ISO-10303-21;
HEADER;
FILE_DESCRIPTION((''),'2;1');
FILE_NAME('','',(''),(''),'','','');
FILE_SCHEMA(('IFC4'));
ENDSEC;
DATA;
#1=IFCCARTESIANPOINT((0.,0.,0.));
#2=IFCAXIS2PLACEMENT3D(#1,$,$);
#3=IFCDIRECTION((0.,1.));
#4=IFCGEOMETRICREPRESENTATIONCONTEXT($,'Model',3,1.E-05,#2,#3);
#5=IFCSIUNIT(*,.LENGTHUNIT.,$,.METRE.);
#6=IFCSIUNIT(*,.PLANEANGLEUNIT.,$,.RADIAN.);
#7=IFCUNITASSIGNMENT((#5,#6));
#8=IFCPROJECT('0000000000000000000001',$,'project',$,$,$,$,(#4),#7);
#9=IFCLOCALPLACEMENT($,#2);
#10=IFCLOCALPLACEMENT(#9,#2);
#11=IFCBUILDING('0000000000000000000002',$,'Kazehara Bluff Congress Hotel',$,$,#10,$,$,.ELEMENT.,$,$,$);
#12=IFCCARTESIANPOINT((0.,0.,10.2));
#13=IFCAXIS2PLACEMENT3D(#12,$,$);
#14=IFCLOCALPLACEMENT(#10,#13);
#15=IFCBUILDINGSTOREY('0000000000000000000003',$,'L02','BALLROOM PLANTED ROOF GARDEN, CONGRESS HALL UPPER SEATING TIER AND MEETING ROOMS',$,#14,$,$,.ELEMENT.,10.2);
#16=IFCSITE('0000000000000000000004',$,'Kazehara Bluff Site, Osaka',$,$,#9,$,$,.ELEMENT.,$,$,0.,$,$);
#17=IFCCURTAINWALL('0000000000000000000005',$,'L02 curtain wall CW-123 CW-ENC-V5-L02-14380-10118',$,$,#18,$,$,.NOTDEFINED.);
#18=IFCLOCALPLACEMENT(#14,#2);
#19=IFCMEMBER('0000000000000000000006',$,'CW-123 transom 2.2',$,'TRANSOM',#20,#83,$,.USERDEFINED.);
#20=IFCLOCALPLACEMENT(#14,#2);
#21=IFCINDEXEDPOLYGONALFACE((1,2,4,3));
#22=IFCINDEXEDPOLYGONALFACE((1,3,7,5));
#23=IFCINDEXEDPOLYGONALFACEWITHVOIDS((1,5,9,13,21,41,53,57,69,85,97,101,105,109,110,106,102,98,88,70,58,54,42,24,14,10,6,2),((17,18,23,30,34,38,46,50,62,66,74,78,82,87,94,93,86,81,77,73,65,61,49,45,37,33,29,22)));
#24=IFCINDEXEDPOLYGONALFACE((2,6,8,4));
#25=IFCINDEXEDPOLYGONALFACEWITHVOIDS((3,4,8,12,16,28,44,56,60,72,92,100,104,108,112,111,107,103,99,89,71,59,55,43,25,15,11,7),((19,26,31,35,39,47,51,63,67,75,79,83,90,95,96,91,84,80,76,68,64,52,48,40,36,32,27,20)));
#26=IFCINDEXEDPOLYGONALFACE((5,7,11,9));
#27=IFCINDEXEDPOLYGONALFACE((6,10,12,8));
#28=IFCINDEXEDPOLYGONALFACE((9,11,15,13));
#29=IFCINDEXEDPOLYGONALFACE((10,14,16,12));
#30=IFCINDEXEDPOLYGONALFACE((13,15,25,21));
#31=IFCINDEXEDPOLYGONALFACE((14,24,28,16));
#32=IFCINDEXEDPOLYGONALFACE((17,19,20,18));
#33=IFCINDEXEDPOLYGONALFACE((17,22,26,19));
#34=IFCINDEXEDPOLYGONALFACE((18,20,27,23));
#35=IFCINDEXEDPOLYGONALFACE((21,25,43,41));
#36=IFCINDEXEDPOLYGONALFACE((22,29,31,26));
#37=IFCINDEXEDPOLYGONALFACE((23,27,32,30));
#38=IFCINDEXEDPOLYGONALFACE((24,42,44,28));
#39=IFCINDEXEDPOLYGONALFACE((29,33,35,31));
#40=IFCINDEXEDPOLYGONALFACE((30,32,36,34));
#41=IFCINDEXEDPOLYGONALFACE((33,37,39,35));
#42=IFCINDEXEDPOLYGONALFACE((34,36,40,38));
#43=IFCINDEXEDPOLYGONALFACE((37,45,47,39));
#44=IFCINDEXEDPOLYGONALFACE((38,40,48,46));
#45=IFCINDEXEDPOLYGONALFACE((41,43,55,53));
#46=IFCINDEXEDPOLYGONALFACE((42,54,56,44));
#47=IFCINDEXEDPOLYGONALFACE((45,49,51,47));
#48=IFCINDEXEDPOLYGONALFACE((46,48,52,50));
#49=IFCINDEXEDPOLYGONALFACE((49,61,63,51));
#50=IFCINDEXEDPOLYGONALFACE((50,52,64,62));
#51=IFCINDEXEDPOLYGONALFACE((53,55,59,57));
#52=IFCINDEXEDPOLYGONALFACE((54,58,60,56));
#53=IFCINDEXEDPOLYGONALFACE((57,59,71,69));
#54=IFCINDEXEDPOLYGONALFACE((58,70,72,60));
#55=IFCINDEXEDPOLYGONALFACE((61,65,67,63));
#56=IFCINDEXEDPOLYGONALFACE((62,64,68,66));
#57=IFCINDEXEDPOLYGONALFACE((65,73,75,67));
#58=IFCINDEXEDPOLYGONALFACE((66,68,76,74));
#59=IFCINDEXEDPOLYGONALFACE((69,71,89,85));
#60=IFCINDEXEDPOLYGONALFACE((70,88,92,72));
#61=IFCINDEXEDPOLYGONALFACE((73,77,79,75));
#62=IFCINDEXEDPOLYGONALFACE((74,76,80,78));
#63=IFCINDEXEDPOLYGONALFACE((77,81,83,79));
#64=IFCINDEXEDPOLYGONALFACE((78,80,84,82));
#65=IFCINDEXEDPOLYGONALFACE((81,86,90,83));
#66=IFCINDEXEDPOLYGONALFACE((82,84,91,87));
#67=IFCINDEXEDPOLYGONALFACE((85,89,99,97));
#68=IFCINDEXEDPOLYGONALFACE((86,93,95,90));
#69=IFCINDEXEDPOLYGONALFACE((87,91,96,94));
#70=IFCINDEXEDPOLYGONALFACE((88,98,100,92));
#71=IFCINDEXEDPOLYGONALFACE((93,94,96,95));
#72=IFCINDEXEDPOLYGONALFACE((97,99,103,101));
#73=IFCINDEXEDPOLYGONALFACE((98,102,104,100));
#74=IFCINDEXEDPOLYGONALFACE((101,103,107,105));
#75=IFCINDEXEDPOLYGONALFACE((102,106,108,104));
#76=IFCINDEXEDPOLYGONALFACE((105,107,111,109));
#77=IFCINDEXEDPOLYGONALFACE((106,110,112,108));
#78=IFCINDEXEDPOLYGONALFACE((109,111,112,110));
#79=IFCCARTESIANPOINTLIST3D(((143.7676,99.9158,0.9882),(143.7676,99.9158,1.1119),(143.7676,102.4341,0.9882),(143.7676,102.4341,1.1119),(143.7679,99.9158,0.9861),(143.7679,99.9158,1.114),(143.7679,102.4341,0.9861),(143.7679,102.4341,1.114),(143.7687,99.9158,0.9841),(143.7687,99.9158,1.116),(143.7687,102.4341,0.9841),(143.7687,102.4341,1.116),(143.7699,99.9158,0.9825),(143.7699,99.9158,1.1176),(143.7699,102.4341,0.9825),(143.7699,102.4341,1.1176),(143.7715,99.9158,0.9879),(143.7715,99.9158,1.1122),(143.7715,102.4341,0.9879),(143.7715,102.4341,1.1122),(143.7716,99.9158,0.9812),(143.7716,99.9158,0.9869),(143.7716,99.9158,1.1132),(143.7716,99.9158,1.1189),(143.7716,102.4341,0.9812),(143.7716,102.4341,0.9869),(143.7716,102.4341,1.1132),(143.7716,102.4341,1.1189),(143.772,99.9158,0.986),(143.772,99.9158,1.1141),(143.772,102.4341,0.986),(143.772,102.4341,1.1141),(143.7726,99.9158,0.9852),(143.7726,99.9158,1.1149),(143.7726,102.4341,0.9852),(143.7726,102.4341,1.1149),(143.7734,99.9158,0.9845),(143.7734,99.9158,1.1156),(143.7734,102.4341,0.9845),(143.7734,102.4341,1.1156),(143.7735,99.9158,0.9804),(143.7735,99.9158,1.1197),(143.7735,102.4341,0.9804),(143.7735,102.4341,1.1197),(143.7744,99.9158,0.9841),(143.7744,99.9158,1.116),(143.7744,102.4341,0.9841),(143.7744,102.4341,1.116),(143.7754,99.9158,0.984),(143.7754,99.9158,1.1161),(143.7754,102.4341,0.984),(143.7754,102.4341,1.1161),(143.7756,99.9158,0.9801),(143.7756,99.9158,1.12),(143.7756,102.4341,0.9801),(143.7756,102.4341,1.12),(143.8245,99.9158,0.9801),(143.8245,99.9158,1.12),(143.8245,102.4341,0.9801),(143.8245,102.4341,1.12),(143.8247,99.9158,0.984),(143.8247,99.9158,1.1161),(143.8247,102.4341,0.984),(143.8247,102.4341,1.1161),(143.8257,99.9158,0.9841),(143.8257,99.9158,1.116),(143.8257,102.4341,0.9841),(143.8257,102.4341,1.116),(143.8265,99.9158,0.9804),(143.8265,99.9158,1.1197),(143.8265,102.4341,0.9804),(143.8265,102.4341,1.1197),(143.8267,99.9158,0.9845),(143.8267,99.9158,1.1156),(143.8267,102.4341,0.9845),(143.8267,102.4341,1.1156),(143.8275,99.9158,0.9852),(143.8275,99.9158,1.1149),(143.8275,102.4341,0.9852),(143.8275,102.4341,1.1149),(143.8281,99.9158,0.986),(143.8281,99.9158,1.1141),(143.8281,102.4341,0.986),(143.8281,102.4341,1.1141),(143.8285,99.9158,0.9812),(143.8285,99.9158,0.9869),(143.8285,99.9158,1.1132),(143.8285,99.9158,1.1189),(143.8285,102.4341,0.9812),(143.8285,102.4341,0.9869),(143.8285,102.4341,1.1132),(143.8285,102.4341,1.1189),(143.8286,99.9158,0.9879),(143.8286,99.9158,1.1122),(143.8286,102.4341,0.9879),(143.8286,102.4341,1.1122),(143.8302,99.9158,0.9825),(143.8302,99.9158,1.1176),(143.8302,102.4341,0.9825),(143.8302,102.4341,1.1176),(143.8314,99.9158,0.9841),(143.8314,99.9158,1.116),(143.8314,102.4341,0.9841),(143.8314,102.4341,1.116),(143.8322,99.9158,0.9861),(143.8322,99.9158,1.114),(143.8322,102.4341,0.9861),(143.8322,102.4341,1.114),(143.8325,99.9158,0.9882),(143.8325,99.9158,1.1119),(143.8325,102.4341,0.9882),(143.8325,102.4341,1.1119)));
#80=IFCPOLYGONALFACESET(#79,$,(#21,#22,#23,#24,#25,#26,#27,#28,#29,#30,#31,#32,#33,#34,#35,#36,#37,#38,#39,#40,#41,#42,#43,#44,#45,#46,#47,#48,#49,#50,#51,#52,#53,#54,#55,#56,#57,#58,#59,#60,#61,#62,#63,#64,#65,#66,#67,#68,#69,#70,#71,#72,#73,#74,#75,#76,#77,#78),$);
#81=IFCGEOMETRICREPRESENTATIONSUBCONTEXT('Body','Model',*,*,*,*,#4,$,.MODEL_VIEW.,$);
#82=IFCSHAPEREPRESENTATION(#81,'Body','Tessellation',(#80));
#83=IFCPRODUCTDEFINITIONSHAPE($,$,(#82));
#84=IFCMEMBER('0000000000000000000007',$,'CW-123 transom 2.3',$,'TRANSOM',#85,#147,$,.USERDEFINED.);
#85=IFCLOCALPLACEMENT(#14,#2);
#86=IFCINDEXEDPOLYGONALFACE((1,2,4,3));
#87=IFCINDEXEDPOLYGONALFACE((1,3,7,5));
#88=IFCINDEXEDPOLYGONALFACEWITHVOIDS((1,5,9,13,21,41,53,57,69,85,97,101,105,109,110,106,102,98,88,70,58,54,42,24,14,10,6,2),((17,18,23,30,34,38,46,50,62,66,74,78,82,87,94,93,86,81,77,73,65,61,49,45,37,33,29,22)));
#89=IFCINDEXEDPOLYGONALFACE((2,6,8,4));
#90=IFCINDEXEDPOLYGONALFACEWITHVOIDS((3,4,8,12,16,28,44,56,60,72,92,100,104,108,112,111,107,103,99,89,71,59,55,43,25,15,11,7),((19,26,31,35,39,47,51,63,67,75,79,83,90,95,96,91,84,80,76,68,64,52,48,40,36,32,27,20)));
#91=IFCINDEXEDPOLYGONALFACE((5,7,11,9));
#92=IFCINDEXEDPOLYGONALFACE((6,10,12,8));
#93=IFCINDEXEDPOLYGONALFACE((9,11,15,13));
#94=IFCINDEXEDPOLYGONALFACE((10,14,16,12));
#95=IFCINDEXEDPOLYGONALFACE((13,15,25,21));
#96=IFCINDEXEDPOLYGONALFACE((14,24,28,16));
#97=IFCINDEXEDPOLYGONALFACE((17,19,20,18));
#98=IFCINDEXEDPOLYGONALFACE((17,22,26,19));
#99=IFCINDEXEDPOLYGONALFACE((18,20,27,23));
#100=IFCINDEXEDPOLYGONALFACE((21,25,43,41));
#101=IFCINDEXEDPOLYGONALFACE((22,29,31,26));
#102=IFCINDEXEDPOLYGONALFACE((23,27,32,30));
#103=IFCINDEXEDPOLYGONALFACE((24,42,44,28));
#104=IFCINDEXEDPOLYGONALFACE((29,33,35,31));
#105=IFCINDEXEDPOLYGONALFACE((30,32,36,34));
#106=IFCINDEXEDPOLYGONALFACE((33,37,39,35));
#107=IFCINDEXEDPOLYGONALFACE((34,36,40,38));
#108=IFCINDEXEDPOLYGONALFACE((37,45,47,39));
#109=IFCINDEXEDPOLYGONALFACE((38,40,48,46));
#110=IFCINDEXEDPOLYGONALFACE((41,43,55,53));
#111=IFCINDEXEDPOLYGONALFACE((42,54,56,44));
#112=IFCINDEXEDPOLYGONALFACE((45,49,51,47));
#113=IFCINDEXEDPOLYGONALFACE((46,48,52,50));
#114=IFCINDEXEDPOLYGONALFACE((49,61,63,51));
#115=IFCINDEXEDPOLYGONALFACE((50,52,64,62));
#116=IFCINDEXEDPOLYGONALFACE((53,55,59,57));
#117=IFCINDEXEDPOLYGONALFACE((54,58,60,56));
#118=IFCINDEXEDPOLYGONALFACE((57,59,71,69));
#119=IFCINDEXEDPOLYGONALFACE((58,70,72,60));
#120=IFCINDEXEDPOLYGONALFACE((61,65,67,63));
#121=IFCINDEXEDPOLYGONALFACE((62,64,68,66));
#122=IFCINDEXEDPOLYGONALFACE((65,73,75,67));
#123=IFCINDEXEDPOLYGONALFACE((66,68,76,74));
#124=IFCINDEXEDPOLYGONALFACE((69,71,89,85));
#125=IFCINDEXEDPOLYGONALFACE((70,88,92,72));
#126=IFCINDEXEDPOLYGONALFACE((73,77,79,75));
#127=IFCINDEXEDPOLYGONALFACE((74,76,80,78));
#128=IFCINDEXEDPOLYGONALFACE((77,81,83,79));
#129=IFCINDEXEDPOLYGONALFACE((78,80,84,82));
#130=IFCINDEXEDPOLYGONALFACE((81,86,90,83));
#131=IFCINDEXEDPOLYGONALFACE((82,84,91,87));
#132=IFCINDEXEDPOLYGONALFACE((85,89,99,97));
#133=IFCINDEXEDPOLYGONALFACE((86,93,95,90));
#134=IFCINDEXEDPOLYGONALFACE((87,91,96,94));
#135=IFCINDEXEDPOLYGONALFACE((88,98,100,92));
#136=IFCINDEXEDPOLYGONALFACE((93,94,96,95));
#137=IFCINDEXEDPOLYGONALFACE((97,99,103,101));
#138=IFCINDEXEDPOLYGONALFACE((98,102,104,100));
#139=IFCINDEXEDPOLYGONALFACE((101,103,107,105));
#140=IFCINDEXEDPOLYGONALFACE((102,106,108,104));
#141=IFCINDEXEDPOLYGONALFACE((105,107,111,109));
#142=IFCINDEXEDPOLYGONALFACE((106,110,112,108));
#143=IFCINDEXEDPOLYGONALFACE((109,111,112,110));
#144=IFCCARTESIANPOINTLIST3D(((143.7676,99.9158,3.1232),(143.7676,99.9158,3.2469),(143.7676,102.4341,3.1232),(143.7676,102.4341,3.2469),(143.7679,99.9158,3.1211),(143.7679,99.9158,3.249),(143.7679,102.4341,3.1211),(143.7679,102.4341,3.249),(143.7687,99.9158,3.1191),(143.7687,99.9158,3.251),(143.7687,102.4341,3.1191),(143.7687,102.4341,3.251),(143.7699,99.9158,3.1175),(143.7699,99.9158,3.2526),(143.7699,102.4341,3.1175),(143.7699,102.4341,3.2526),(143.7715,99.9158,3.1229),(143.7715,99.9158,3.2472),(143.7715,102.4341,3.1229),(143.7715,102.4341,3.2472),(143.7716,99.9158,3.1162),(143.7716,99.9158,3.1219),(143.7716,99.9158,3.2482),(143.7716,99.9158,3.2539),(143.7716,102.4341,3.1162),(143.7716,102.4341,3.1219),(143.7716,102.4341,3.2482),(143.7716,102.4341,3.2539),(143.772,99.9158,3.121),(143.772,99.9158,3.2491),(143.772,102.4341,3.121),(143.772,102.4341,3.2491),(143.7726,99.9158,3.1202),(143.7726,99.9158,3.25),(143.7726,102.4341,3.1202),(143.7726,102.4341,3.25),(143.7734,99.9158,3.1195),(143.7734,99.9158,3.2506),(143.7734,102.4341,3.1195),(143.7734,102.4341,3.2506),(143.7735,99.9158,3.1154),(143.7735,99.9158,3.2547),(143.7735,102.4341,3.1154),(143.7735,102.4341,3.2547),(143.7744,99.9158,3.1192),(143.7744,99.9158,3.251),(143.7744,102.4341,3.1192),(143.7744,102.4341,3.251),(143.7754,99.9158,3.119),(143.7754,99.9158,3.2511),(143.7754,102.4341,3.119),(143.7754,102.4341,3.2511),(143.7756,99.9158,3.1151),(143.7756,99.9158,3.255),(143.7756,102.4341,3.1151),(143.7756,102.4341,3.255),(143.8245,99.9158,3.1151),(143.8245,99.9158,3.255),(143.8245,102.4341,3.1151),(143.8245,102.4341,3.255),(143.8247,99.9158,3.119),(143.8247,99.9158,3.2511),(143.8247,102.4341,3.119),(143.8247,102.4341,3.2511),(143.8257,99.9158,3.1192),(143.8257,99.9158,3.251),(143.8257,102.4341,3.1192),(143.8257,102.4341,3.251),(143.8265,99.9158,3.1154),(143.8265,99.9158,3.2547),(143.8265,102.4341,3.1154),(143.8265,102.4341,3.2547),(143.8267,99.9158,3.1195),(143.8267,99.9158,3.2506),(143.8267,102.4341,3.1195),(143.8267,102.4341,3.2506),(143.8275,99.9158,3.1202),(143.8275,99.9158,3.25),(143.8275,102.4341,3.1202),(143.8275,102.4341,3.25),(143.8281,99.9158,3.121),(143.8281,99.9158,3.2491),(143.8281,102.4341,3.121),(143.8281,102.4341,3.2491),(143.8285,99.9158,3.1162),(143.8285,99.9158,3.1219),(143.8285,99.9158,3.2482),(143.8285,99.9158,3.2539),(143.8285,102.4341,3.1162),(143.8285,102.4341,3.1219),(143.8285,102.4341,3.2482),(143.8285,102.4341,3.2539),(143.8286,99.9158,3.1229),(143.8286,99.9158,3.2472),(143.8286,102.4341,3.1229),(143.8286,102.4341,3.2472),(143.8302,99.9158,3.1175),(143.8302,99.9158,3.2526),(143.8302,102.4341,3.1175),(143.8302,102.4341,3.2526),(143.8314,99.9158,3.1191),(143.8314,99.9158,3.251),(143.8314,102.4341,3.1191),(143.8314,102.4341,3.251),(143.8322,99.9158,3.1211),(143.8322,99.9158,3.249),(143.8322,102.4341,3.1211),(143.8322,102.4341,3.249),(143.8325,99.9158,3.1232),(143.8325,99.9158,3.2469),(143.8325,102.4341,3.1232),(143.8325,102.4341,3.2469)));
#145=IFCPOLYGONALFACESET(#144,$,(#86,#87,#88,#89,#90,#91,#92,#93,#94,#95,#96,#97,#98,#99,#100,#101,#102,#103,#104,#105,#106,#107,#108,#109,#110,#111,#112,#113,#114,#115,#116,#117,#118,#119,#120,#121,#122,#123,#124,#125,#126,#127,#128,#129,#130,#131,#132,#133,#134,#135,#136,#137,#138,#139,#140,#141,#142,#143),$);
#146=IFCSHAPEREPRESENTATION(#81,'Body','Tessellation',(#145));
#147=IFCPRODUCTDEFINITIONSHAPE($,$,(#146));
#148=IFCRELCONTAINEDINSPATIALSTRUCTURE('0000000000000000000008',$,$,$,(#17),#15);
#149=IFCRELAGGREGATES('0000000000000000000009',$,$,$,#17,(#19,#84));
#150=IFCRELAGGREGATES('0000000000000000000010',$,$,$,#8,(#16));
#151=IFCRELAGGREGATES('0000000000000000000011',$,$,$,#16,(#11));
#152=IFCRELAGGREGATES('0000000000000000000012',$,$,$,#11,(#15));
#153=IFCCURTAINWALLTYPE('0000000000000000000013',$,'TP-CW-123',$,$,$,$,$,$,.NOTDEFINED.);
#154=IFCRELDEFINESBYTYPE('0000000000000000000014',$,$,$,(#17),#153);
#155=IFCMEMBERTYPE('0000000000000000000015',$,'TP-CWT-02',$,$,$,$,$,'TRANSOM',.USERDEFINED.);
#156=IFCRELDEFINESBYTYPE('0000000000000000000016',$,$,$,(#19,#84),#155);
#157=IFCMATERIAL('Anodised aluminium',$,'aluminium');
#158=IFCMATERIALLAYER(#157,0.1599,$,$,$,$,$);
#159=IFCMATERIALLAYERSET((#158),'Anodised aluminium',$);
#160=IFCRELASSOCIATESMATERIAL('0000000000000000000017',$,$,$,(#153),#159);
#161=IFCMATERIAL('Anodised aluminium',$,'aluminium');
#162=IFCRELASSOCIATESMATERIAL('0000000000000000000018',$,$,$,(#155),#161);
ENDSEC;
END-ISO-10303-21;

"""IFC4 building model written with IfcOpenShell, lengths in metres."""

from ifc_helpers import new_model, si_unit, direction, frame, origin, origin_2d, place, context, subcontext, project, spatial, hollow_rectangle, extrude, material, layer, layer_set, material_profile, profile_set, type_object, element, aggregate, save


model = new_model("IFC4")

# Units and contexts
model_context = context("Model", 3, precision=1e-05, world=origin(), true_north=direction((0.0, 1.0)))
body_context = subcontext(model_context, "Body", "Model", "MODEL_VIEW")
ifc_project = project(units=[si_unit("LENGTHUNIT", "METRE"), si_unit("PLANEANGLEUNIT", "RADIAN")], contexts=[model_context])

# Site, building, storey
site_placement = place(None, origin())
site = spatial("IfcSite", under=ifc_project, at=site_placement, Name="Kazehara Bluff Site, Osaka", CompositionType="ELEMENT", RefElevation=0.0)
building_placement = place(site_placement, origin())
building = spatial("IfcBuilding", under=site, at=building_placement, Name="Kazehara Bluff Congress Hotel", CompositionType="ELEMENT")
storey_placement = place(building_placement, frame((0.0, 0.0, 10.2)))
storey = spatial("IfcBuildingStorey", under=building, at=storey_placement, Name="L02", Description="BALLROOM PLANTED ROOF GARDEN, CONGRESS HALL UPPER SEATING TIER AND MEETING ROOMS", CompositionType="ELEMENT", Elevation=10.2)

# Curtain wall
ifc_material_1 = material(Name="Anodised aluminium", Category="aluminium")
ifc_layer_1 = layer(ifc_material_1, 0.1599)
ifc_layer_set_1 = layer_set([ifc_layer_1], Name="Anodised aluminium")
curtain_wall_type_1 = type_object("IfcCurtainWallType", Name="TP-CW-123", PredefinedType="NOTDEFINED", material=ifc_layer_set_1)
curtain_wall_1_placement = place(storey_placement, origin())
curtain_wall_1 = element("IfcCurtainWall", 1, at=curtain_wall_1_placement, inside=storey, type_object=curtain_wall_type_1, Name="L02 curtain wall CW-123 CW-ENC-V5-L02-14380-10118", PredefinedType="NOTDEFINED")

# Members
ifc_material_2 = material(Name="Anodised aluminium", Category="aluminium")
ifc_material_profile_1 = material_profile(ifc_material_2, hollow_rectangle(XDim=0.0649, YDim=0.1399, WallThickness=0.0039, InnerFilletRadius=0.0039, OuterFilletRadius=0.0081, at=origin_2d()))
ifc_profile_set_1 = profile_set([ifc_material_profile_1], Name="Anodised aluminium")
member_type_1 = type_object("IfcMemberType", Name="TP-CWT-02", ElementType="TRANSOM", PredefinedType="USERDEFINED", material=ifc_profile_set_1)
member_1_placement = place(storey_placement, frame((143.8, 99.9158, 1.05), z_axis=(0.0, 1.0, 0.0), x_axis=(-1.0, 0.0, 0.0)))
member_1 = element("IfcMember", 2, at=member_1_placement, type_object=member_type_1, Name="CW-123 transom 2.2", ObjectType="TRANSOM", PredefinedType="USERDEFINED", context=body_context, shape_type="SweptSolid", body=[
    extrude(hollow_rectangle(XDim=0.0649, YDim=0.1399, WallThickness=0.0039, InnerFilletRadius=0.0039, OuterFilletRadius=0.0081, at=origin_2d()), origin(), (0.0, 0.0, 1.0), 2.5183),
])
member_2_placement = place(storey_placement, frame((143.8, 99.9158, 3.1851), z_axis=(0.0, 1.0, 0.0), x_axis=(-1.0, 0.0, 0.0)))
member_2 = element("IfcMember", 3, at=member_2_placement, type_object=member_type_1, Name="CW-123 transom 2.3", ObjectType="TRANSOM", PredefinedType="USERDEFINED", context=body_context, shape_type="SweptSolid", body=[
    extrude(hollow_rectangle(XDim=0.0649, YDim=0.1399, WallThickness=0.0039, InnerFilletRadius=0.0039, OuterFilletRadius=0.0081, at=origin_2d()), origin(), (0.0, 0.0, 1.0), 2.5183),
])

aggregate(curtain_wall_1, [member_1, member_2])

save(model, "model.ifc")
